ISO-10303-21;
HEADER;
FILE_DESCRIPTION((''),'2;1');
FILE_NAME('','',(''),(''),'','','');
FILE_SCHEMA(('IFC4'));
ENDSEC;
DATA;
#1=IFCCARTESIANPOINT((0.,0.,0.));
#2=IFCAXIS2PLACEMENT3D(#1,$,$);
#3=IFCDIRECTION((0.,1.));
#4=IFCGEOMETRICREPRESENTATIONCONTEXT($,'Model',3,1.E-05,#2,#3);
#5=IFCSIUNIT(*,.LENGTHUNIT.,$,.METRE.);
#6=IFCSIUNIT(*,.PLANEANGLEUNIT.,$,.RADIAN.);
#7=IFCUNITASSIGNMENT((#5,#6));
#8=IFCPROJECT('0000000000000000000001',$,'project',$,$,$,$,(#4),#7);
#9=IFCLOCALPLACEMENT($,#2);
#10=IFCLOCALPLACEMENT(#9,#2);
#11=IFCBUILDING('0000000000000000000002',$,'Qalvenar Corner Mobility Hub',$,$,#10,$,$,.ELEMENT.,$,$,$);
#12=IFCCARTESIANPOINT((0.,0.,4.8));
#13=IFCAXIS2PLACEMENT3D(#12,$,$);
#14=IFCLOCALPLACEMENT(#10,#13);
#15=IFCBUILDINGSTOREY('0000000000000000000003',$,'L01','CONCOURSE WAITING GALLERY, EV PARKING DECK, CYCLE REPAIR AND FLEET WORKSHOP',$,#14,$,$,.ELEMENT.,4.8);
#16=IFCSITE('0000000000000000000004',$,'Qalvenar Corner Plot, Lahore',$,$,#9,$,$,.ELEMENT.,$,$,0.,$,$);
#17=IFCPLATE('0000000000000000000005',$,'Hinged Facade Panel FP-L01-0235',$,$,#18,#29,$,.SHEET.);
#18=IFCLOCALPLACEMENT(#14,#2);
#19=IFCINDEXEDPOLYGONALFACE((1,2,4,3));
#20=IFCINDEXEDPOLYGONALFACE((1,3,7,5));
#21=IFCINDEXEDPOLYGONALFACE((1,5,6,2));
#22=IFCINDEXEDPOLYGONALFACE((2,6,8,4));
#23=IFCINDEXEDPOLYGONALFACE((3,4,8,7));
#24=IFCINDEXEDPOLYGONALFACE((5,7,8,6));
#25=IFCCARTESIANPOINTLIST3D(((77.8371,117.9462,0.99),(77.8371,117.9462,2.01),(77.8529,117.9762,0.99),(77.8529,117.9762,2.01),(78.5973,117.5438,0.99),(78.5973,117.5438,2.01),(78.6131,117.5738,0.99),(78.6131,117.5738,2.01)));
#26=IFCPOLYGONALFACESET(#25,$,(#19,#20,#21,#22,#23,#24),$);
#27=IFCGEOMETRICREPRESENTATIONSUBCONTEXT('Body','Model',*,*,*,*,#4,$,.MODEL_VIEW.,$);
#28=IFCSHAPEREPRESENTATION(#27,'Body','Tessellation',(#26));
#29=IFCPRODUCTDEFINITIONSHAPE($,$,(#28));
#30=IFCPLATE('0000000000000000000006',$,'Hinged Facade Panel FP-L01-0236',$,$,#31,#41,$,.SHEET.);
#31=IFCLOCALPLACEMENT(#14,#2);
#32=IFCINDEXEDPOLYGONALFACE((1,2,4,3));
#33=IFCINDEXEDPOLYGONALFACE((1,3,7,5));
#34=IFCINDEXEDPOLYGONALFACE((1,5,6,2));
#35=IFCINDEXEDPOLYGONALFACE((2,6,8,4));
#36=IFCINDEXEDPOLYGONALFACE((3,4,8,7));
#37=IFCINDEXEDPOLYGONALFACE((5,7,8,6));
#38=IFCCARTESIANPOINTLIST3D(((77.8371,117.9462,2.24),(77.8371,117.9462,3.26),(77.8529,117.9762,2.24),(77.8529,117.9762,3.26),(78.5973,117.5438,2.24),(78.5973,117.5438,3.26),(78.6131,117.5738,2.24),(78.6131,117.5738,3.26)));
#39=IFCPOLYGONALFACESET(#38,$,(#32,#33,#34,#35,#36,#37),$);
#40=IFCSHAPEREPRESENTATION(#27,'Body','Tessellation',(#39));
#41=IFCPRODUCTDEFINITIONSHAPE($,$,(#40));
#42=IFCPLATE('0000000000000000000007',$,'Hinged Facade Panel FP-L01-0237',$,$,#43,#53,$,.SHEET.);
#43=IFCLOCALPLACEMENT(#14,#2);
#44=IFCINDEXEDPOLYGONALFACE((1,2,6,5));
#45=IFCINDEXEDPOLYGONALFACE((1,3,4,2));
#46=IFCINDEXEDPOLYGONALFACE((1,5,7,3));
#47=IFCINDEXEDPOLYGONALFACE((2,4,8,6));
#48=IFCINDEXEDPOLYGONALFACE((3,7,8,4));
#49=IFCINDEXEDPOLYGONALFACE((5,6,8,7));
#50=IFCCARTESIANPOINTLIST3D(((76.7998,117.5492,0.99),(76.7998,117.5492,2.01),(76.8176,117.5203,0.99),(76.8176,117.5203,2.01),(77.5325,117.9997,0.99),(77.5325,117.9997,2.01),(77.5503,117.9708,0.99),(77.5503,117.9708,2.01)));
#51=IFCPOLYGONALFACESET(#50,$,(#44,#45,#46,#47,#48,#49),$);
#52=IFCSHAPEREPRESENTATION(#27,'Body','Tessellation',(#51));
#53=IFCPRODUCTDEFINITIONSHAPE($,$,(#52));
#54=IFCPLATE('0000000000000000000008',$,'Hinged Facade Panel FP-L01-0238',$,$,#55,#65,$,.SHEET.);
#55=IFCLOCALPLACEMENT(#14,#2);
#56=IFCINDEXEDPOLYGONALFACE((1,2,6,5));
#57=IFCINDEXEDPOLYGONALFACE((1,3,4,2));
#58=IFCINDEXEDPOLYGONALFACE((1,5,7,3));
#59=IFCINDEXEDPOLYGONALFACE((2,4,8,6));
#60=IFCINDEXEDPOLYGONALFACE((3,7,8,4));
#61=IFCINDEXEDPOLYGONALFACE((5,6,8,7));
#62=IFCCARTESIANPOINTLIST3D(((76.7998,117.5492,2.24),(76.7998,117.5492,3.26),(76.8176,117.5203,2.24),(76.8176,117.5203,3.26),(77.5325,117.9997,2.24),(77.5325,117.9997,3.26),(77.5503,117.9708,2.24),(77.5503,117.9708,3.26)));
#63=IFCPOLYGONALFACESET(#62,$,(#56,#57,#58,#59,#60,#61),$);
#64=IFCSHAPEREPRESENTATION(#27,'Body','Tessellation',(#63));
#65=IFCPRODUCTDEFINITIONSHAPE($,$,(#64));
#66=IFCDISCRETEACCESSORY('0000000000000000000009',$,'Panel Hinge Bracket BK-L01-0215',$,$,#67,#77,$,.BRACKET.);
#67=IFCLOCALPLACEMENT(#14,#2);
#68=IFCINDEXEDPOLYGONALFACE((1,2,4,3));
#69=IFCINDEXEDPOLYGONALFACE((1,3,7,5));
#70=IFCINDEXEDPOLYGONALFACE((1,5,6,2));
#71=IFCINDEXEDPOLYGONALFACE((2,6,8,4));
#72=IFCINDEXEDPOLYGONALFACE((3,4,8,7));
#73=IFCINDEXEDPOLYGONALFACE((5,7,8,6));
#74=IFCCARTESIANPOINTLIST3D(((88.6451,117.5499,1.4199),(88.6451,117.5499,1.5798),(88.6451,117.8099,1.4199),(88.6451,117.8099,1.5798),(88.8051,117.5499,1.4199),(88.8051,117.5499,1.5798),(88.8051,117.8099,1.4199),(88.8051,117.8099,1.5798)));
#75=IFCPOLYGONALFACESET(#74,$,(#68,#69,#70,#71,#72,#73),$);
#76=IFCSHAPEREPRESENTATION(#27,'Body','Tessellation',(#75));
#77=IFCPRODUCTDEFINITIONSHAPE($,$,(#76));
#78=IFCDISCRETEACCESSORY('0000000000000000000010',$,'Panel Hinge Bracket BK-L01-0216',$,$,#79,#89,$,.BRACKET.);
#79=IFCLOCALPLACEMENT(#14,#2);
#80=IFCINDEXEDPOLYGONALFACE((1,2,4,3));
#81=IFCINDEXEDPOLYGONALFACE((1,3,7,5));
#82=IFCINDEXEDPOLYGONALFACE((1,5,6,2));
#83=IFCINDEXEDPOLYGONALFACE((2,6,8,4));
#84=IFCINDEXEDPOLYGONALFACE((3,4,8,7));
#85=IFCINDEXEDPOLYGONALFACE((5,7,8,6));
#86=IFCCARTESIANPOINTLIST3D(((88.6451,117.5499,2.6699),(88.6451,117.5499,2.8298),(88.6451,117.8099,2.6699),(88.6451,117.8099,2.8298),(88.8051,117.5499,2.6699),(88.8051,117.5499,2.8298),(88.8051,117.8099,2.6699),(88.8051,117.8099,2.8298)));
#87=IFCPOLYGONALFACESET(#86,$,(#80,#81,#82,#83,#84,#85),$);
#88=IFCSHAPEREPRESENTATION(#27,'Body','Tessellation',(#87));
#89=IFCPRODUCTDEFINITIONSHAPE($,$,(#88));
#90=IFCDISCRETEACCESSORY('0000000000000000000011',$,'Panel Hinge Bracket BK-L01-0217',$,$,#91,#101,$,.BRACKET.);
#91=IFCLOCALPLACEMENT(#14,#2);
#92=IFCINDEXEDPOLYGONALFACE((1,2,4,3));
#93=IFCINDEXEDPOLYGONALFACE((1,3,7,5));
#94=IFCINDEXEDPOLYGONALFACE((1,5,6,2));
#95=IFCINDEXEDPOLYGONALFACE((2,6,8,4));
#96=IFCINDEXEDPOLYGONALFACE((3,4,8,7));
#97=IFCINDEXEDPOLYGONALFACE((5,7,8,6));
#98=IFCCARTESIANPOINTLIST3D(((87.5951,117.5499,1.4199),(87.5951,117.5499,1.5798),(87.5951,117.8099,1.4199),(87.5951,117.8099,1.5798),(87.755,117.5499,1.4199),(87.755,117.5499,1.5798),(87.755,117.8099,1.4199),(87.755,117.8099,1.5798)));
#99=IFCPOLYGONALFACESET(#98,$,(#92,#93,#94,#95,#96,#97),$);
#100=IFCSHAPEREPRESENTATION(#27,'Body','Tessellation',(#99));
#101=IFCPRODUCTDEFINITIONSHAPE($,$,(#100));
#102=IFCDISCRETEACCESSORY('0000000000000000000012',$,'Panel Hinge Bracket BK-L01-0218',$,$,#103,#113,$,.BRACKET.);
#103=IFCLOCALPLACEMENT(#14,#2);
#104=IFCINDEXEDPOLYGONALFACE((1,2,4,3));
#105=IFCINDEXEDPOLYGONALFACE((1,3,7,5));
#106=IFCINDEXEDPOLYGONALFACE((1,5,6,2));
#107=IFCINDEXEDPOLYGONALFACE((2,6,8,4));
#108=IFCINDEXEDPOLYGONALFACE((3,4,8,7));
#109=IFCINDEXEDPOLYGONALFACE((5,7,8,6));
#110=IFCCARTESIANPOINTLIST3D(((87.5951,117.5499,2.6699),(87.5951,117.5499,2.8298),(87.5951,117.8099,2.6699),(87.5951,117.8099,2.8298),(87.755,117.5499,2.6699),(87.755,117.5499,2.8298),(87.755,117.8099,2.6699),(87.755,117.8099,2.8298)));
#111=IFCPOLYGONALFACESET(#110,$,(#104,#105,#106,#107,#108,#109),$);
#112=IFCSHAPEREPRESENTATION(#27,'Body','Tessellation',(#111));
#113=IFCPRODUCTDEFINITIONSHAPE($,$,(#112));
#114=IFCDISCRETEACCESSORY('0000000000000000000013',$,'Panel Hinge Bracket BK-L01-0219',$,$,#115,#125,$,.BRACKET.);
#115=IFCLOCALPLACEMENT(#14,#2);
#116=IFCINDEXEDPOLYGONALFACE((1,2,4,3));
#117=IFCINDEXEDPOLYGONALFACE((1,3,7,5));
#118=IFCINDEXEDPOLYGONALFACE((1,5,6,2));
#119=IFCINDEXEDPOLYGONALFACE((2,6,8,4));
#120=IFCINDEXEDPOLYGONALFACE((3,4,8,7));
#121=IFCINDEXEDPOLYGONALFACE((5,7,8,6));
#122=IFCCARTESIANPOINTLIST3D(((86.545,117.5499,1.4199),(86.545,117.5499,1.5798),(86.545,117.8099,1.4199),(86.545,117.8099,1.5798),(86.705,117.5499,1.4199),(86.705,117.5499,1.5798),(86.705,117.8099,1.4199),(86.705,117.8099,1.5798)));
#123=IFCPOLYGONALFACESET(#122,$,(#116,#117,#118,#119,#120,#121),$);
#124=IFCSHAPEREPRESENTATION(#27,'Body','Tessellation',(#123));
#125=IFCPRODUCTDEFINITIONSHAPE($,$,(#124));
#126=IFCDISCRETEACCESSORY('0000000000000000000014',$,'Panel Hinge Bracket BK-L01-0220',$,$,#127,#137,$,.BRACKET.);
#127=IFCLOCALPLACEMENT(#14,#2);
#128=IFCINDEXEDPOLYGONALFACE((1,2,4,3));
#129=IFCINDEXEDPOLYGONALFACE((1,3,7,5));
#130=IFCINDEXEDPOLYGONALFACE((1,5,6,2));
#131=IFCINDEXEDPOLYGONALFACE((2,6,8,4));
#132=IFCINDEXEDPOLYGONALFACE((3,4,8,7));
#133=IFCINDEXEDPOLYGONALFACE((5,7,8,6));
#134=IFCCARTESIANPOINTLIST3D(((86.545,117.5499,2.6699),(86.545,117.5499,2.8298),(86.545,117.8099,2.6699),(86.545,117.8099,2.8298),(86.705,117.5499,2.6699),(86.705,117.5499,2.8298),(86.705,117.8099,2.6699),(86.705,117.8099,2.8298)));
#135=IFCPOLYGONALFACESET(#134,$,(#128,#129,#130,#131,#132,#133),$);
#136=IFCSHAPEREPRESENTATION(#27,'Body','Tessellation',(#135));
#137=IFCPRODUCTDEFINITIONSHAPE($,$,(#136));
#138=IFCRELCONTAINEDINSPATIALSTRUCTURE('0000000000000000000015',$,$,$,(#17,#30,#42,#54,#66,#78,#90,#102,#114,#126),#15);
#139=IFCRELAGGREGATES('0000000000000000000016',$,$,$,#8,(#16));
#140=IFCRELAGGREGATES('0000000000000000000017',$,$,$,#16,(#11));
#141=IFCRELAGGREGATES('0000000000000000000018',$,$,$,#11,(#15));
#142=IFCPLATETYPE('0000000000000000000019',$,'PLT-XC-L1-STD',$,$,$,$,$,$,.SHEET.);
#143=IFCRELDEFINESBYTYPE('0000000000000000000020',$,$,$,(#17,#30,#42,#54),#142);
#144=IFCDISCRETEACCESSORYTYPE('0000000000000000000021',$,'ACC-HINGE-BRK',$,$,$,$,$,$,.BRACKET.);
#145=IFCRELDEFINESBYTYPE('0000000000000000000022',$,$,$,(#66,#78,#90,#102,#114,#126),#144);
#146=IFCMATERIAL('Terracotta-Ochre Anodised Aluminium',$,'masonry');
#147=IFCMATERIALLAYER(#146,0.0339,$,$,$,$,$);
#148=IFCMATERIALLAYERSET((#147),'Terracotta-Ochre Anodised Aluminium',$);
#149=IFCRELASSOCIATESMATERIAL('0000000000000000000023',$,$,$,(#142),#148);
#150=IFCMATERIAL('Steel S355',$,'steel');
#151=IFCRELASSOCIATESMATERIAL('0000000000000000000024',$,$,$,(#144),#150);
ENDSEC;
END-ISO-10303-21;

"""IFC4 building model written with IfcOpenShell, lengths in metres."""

from ifc_helpers import new_model, si_unit, direction, frame, origin, origin_2d, place, context, subcontext, project, spatial, rectangle, extrude, material, layer, layer_set, type_object, element, save


model = new_model("IFC4")

# Units and contexts
model_context = context("Model", 3, precision=1e-05, world=origin(), true_north=direction((0.0, 1.0)))
body_context = subcontext(model_context, "Body", "Model", "MODEL_VIEW")
ifc_project = project(units=[si_unit("LENGTHUNIT", "METRE"), si_unit("PLANEANGLEUNIT", "RADIAN")], contexts=[model_context])

# Site, building, storey
site_placement = place(None, origin())
site = spatial("IfcSite", under=ifc_project, at=site_placement, Name="Qalvenar Corner Plot, Lahore", CompositionType="ELEMENT", RefElevation=0.0)
building_placement = place(site_placement, origin())
building = spatial("IfcBuilding", under=site, at=building_placement, Name="Qalvenar Corner Mobility Hub", CompositionType="ELEMENT")
storey_placement = place(building_placement, frame((0.0, 0.0, 4.8)))
storey = spatial("IfcBuildingStorey", under=building, at=storey_placement, Name="L01", Description="CONCOURSE WAITING GALLERY, EV PARKING DECK, CYCLE REPAIR AND FLEET WORKSHOP", CompositionType="ELEMENT", Elevation=4.8)

# Plates
ifc_material_1 = material(Name="Terracotta-Ochre Anodised Aluminium", Category="masonry")
ifc_layer = layer(ifc_material_1, 0.0339)
ifc_layer_set = layer_set([ifc_layer], Name="Terracotta-Ochre Anodised Aluminium")
plate_type = type_object("IfcPlateType", Name="PLT-XC-L1-STD", PredefinedType="SHEET", material=ifc_layer_set)
for number, where, z_axis, x_axis, name in (
    (1, (78.2251, 117.76, 0.99), (0.0, 0.0, 1.0), (-0.883847, 0.467776, 0.0), "Hinged Facade Panel FP-L01-0235"),
    (2, (78.2251, 117.76, 2.24), (0.0, 0.0, 1.0), (-0.883847, 0.467776, 0.0), "Hinged Facade Panel FP-L01-0236"),
    (3, (77.175, 117.76, 0.99), (0.0, 0.0, 1.0), (-0.851818, -0.523837, 0.0), "Hinged Facade Panel FP-L01-0237"),
    (4, (77.175, 117.76, 2.24), (0.0, 0.0, 1.0), (-0.851818, -0.523837, 0.0), "Hinged Facade Panel FP-L01-0238"),
):
    element("IfcPlate", number, at=place(storey_placement, frame(where, z_axis=z_axis, x_axis=x_axis)), inside=storey, type_object=plate_type, Name=name, PredefinedType="SHEET", context=body_context, shape_type="SweptSolid", body=[
        extrude(rectangle(XDim=0.8601, YDim=0.0339, at=origin_2d()), origin(), (0.0, 0.0, 1.0), 1.02),
    ])

# Discrete accessories
ifc_material_2 = material(Name="Steel S355", Category="steel")
discrete_accessory_type = type_object("IfcDiscreteAccessoryType", Name="ACC-HINGE-BRK", PredefinedType="BRACKET", material=ifc_material_2)
for number, where, z_axis, x_axis, name in (
    (5, (88.7251, 117.6799, 1.4199), (0.0, 0.0, 1.0), (-1.0, 0.0, 0.0), "Panel Hinge Bracket BK-L01-0215"),
    (6, (88.7251, 117.6799, 2.6699), (0.0, 0.0, 1.0), (-1.0, 0.0, 0.0), "Panel Hinge Bracket BK-L01-0216"),
    (7, (87.675, 117.6799, 1.4199), (0.0, 0.0, 1.0), (-1.0, 0.0, 0.0), "Panel Hinge Bracket BK-L01-0217"),
    (8, (87.675, 117.6799, 2.6699), (0.0, 0.0, 1.0), (-1.0, 0.0, 0.0), "Panel Hinge Bracket BK-L01-0218"),
    (9, (86.625, 117.6799, 1.4199), (0.0, 0.0, 1.0), (-1.0, 0.0, 0.0), "Panel Hinge Bracket BK-L01-0219"),
    (10, (86.625, 117.6799, 2.6699), (0.0, 0.0, 1.0), (-1.0, 0.0, 0.0), "Panel Hinge Bracket BK-L01-0220"),
):
    element("IfcDiscreteAccessory", number, at=place(storey_placement, frame(where, z_axis=z_axis, x_axis=x_axis)), inside=storey, type_object=discrete_accessory_type, Name=name, PredefinedType="BRACKET", context=body_context, shape_type="SweptSolid", body=[
        extrude(rectangle(XDim=0.1599, YDim=0.26, at=origin_2d()), origin(), (0.0, 0.0, 1.0), 0.1599),
    ])

save(model, "model.ifc")
